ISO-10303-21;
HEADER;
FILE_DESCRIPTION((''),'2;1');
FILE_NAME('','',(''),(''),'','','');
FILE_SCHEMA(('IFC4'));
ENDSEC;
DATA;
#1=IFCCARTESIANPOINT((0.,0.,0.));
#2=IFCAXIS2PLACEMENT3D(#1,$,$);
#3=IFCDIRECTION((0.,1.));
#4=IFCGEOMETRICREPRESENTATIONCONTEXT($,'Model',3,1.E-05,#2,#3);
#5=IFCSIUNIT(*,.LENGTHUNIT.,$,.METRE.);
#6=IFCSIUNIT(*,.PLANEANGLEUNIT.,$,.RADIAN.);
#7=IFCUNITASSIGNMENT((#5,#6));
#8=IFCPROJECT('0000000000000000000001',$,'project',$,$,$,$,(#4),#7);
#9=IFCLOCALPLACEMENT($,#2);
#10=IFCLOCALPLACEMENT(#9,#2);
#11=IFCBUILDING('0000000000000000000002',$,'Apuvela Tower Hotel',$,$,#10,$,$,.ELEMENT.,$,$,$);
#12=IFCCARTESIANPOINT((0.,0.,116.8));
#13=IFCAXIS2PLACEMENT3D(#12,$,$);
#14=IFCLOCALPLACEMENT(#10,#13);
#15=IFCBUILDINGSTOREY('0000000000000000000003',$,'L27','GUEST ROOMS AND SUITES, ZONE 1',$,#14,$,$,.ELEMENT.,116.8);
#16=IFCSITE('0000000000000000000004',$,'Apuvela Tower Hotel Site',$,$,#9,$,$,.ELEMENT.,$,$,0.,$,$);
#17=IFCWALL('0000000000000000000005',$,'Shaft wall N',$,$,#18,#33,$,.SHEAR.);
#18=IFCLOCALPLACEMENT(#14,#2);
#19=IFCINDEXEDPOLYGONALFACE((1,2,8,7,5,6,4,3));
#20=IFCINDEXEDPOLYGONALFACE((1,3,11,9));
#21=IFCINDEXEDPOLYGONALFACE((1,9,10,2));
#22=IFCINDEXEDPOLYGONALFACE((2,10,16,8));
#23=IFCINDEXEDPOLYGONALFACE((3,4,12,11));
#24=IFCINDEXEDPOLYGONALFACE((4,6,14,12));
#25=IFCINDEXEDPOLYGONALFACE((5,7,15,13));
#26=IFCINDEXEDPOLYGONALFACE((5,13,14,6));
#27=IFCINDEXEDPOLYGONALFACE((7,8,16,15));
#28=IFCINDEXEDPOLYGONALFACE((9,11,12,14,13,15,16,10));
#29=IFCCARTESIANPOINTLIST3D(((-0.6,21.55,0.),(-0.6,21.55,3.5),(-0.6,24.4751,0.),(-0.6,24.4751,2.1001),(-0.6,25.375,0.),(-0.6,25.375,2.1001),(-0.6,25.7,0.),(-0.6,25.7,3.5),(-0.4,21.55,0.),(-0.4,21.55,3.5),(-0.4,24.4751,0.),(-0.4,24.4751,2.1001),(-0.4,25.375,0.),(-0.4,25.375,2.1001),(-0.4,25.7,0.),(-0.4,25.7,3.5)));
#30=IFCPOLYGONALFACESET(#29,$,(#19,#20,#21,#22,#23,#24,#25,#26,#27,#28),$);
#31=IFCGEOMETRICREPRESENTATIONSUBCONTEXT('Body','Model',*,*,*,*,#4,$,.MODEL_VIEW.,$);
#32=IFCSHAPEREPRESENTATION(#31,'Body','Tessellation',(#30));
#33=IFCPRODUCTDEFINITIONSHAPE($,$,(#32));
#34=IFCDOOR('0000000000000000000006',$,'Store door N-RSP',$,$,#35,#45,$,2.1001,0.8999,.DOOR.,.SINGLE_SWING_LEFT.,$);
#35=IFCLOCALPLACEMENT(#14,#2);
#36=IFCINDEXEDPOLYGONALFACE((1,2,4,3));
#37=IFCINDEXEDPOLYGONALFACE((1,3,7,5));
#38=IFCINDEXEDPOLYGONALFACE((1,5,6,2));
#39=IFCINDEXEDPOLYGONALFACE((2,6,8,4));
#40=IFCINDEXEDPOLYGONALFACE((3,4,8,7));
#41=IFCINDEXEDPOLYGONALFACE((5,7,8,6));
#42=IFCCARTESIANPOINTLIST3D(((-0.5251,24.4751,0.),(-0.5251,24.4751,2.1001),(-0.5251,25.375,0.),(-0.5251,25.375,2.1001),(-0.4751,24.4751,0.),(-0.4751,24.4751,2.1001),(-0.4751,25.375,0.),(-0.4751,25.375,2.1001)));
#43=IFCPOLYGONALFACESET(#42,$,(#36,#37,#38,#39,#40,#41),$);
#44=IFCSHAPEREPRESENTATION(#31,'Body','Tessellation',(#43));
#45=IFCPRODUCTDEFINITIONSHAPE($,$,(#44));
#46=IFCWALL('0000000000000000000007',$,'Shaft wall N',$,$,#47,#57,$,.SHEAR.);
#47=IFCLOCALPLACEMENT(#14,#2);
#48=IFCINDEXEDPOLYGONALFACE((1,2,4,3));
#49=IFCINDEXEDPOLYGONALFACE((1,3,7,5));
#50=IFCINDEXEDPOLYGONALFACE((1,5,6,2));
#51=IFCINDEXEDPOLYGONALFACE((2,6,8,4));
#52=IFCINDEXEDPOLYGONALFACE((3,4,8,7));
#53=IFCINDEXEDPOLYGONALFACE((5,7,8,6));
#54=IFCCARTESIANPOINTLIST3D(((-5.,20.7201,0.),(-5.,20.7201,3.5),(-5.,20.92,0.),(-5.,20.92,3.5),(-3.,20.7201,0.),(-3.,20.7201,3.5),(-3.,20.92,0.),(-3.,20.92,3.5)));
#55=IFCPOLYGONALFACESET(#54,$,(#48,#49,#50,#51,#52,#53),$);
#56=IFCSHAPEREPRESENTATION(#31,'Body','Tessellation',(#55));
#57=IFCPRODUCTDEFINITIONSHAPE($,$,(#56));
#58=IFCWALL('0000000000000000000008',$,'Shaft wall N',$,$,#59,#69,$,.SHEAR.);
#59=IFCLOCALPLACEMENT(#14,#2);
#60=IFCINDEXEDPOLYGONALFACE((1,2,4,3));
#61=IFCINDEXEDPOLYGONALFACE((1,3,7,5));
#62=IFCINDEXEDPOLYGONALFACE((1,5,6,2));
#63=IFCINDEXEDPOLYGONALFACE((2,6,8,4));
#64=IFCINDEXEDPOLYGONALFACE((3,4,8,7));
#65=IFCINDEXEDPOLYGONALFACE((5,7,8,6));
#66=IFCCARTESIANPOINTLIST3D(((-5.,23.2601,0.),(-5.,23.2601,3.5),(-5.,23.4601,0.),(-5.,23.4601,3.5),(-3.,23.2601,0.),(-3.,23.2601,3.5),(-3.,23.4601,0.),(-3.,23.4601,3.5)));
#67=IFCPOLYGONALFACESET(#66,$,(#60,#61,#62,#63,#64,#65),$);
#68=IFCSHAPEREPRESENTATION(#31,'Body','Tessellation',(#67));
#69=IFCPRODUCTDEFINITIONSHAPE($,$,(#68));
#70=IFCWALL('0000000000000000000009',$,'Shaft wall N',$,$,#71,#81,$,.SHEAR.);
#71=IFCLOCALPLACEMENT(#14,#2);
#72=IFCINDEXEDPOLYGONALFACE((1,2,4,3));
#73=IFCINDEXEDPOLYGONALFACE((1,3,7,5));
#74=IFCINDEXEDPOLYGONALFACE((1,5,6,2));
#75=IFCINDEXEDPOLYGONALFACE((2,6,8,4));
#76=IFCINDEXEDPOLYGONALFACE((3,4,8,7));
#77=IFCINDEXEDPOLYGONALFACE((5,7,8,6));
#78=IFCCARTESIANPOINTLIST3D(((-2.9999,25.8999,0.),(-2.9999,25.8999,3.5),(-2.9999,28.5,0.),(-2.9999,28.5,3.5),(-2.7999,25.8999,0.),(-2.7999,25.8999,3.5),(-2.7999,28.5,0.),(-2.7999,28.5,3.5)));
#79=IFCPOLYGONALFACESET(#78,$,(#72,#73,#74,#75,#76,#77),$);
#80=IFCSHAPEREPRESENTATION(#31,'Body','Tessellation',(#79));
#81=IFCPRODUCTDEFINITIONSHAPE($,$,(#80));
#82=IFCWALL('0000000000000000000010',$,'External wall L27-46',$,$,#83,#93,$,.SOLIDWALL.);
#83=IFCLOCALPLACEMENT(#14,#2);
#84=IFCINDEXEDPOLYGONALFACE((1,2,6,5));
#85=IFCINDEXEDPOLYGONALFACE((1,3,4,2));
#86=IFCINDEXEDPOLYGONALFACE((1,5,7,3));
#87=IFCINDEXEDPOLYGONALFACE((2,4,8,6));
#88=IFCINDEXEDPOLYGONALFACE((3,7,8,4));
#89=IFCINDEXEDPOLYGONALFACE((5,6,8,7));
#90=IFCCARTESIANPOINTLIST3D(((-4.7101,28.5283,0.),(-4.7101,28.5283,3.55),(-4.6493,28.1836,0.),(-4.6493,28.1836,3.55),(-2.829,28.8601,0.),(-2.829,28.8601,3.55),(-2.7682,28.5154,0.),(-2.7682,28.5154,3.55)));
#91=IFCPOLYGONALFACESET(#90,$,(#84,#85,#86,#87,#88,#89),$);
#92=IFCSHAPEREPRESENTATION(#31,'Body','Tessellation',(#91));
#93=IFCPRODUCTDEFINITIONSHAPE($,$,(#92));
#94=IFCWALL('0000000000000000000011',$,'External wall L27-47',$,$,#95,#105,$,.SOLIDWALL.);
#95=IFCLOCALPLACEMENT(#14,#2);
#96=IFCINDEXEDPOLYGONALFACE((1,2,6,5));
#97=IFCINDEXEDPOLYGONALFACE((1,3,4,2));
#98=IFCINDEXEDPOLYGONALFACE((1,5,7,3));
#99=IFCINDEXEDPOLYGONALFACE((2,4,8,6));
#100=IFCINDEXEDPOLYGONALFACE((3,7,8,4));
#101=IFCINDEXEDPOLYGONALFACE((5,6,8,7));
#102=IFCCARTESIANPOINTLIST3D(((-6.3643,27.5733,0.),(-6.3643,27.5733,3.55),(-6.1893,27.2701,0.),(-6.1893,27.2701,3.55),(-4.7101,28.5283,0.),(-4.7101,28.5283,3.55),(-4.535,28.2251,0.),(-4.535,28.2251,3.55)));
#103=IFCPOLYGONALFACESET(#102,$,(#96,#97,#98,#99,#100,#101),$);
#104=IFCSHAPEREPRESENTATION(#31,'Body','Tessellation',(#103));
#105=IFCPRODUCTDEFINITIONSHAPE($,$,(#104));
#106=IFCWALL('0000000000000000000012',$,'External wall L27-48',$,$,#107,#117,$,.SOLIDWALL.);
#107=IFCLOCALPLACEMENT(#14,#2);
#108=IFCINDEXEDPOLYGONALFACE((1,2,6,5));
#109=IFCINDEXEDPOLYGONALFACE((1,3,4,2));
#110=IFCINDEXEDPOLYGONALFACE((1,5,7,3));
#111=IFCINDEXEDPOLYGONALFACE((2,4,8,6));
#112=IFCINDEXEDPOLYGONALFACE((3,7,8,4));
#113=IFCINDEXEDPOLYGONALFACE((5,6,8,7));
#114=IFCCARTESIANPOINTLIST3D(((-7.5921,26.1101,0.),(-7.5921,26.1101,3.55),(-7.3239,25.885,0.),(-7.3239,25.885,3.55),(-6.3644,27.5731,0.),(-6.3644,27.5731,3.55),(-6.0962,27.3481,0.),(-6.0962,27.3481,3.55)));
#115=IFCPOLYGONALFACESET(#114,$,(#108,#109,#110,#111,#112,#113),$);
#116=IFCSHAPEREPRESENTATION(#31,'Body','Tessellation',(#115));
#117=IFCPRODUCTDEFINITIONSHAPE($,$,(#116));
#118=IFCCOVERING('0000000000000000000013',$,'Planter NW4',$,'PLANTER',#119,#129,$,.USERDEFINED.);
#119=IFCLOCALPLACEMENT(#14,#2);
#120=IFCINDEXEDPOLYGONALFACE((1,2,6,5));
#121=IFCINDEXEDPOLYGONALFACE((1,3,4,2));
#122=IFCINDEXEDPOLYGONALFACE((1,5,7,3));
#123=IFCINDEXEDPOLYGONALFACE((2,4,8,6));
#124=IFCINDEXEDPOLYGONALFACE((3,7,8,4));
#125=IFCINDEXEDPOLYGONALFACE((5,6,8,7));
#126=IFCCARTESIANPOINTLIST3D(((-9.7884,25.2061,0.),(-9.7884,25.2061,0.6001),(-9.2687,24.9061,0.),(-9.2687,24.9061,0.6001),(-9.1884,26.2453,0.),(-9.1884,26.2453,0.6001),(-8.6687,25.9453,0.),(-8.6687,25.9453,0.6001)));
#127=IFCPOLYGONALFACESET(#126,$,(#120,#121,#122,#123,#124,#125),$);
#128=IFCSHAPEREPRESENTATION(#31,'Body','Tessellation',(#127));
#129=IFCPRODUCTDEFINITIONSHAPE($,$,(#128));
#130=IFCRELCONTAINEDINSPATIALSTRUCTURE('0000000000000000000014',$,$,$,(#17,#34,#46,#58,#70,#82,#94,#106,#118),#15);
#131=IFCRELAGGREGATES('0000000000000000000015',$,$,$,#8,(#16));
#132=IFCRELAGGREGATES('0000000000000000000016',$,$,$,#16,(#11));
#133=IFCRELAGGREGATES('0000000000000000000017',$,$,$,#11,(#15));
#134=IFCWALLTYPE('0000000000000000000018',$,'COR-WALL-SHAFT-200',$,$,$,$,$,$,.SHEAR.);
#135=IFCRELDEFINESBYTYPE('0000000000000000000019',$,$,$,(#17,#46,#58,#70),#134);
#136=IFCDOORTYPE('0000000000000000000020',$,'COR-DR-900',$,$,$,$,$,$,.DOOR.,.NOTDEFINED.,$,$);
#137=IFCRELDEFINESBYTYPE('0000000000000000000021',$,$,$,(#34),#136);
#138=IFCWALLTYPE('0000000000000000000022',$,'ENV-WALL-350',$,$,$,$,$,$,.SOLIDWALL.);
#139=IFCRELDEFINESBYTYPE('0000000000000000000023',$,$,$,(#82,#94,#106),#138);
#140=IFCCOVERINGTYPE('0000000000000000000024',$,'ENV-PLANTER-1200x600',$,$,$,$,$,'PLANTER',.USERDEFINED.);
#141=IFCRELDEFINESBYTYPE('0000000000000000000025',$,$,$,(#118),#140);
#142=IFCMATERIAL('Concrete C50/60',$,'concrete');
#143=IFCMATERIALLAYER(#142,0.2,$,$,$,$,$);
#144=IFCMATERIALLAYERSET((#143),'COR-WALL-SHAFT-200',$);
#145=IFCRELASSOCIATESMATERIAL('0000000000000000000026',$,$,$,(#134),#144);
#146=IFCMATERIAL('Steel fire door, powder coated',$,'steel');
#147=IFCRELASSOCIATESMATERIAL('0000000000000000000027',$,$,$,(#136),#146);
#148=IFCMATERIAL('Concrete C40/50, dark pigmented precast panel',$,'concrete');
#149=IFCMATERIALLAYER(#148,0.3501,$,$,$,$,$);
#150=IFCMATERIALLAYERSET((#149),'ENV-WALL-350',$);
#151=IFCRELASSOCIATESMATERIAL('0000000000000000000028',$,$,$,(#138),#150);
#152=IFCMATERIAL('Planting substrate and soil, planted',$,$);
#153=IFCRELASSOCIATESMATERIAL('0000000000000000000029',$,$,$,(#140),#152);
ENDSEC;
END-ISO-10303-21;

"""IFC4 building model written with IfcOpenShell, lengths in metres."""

from ifc_helpers import new_model, si_unit, direction, frame, frame_2d, origin, origin_2d, place, context, subcontext, project, spatial, rectangle, extrude, material, layer, layer_set, type_object, element, fill, save


model = new_model("IFC4")

# Units and contexts
model_context = context("Model", 3, precision=1e-05, world=origin(), true_north=direction((0.0, 1.0)))
body_context = subcontext(model_context, "Body", "Model", "MODEL_VIEW")
ifc_project = project(units=[si_unit("LENGTHUNIT", "METRE"), si_unit("PLANEANGLEUNIT", "RADIAN")], contexts=[model_context])

# Site, building, storey
site_placement = place(None, origin())
site = spatial("IfcSite", under=ifc_project, at=site_placement, Name="Apuvela Tower Hotel Site", CompositionType="ELEMENT", RefElevation=0.0)
building_placement = place(site_placement, origin())
building = spatial("IfcBuilding", under=site, at=building_placement, Name="Apuvela Tower Hotel", CompositionType="ELEMENT")
storey_placement = place(building_placement, frame((0.0, 0.0, 116.8)))
storey = spatial("IfcBuildingStorey", under=building, at=storey_placement, Name="L27", Description="GUEST ROOMS AND SUITES, ZONE 1", CompositionType="ELEMENT", Elevation=116.8)

# Shared definitions
ifc_material_1 = material(Name="Concrete C50/60", Category="concrete")
ifc_layer_1 = layer(ifc_material_1, 0.2)
ifc_layer_set_1 = layer_set([ifc_layer_1], Name="COR-WALL-SHAFT-200")
wall_type_1 = type_object("IfcWallType", Name="COR-WALL-SHAFT-200", PredefinedType="SHEAR", material=ifc_layer_set_1)

# Wall, opening, door
wall_1_placement = place(storey_placement, frame((-0.5, 21.55, 0.0), z_axis=(0.0, 0.0, 1.0), x_axis=(0.0, 1.0, 0.0)))
wall_1 = element("IfcWall", 1, at=wall_1_placement, inside=storey, type_object=wall_type_1, Name="Shaft wall N", PredefinedType="SHEAR", context=body_context, shape_type="SweptSolid", body=[
    extrude(rectangle(XDim=4.1499, YDim=0.2, at=frame_2d((2.075, 0.0))), origin(), (0.0, 0.0, 1.0), 3.5),
])
opening_1_placement = place(wall_1_placement, frame((2.925, 0.0, 0.0)))
opening_1 = element("IfcOpeningElement", 2, at=opening_1_placement, cuts=wall_1, PredefinedType="OPENING", context=body_context, shape_type="SweptSolid", body=[
    extrude(rectangle(XDim=0.8999, YDim=2.1001, at=frame_2d((0.45, 1.05))), frame((0.0, 0.1099, 0.0), z_axis=(0.0, -1.0, 0.0), x_axis=(1.0, 0.0, 0.0)), (0.0, 0.0, 1.0), 0.22),
])
ifc_material_2 = material(Name="Steel fire door, powder coated", Category="steel")
door_type_1 = type_object("IfcDoorType", Name="COR-DR-900", OperationType="NOTDEFINED", PredefinedType="DOOR", material=ifc_material_2)
door_1_placement = place(opening_1_placement, frame((0.8999, 0.0, 0.0), z_axis=(0.0, 0.0, 1.0), x_axis=(-1.0, 0.0, 0.0)))
door_1 = element("IfcDoor", 3, at=door_1_placement, inside=storey, type_object=door_type_1, Name="Store door N-RSP", OperationType="SINGLE_SWING_LEFT", OverallHeight=2.1001, OverallWidth=0.8999, PredefinedType="DOOR", context=body_context, shape_type="SweptSolid", body=[
    extrude(rectangle(XDim=0.8999, YDim=2.1001, at=frame_2d((0.45, 1.05))), frame((0.0, 0.0249, 0.0), z_axis=(0.0, -1.0, 0.0), x_axis=(1.0, 0.0, 0.0)), (0.0, 0.0, 1.0), 0.05),
])
fill(opening_1, door_1)

# Walls
for number, where, z_axis, x_axis, name in (
    (4, (-3.0, 20.8201, 0.0), (0.0, 0.0, 1.0), (-1.0, 0.0, 0.0), "Shaft wall N"),
    (5, (-3.0, 23.3601, 0.0), (0.0, 0.0, 1.0), (-1.0, 0.0, 0.0), "Shaft wall N"),
):
    element("IfcWall", number, at=place(storey_placement, frame(where, z_axis=z_axis, x_axis=x_axis)), inside=storey, type_object=wall_type_1, Name=name, PredefinedType="SHEAR", context=body_context, shape_type="SweptSolid", body=[
        extrude(rectangle(XDim=2.0, YDim=0.2, at=frame_2d((1.0, 0.0))), origin(), (0.0, 0.0, 1.0), 3.5),
    ])
wall_2_placement = place(storey_placement, frame((-2.8999, 25.8999, 0.0), z_axis=(0.0, 0.0, 1.0), x_axis=(0.0, 1.0, 0.0)))
element("IfcWall", 6, at=wall_2_placement, inside=storey, type_object=wall_type_1, Name="Shaft wall N", PredefinedType="SHEAR", context=body_context, shape_type="SweptSolid", body=[
    extrude(rectangle(XDim=2.6001, YDim=0.2, at=frame_2d((1.3, 0.0))), origin(), (0.0, 0.0, 1.0), 3.5),
])

# Shared definitions
ifc_material_3 = material(Name="Concrete C40/50, dark pigmented precast panel", Category="concrete")
ifc_layer_2 = layer(ifc_material_3, 0.3501)
ifc_layer_set_2 = layer_set([ifc_layer_2], Name="ENV-WALL-350")
wall_type_2 = type_object("IfcWallType", Name="ENV-WALL-350", PredefinedType="SOLIDWALL", material=ifc_layer_set_2)

# Walls
for number, where, z_axis, x_axis, name in (
    (7, (-2.7986, 28.6877, 0.0), (0.0, 0.0, 1.0), (-0.984799, -0.173698, 0.0), "External wall L27-46"),
    (8, (-4.6226, 28.3767, 0.0), (0.0, 0.0, 1.0), (-0.866032, -0.499988, 0.0), "External wall L27-47"),
):
    element("IfcWall", number, at=place(storey_placement, frame(where, z_axis=z_axis, x_axis=x_axis)), inside=storey, type_object=wall_type_2, Name=name, PredefinedType="SOLIDWALL", context=body_context, shape_type="SweptSolid", body=[
        extrude(rectangle(XDim=1.9102, YDim=0.3501, at=frame_2d((0.9551, 0.0))), origin(), (0.0, 0.0, 1.0), 3.55),
    ])
wall_3_placement = place(storey_placement, frame((-6.2302, 27.4607, 0.0), z_axis=(0.0, 0.0, 1.0), x_axis=(-0.642808, -0.766027, 0.0)))
element("IfcWall", 9, at=wall_3_placement, inside=storey, type_object=wall_type_2, Name="External wall L27-48", PredefinedType="SOLIDWALL", context=body_context, shape_type="SweptSolid", body=[
    extrude(rectangle(XDim=1.9099, YDim=0.3501, at=frame_2d((0.9551, 0.0))), origin(), (0.0, 0.0, 1.0), 3.55),
])

# Covering
ifc_material_4 = material(Name="Planting substrate and soil, planted")
covering_type = type_object("IfcCoveringType", Name="ENV-PLANTER-1200x600", ElementType="PLANTER", PredefinedType="USERDEFINED", material=ifc_material_4)
covering_placement = place(storey_placement, frame((-9.2285, 25.5757, 0.0), z_axis=(0.0, 0.0, 1.0), x_axis=(-0.5, -0.866025, 0.0)))
element("IfcCovering", 10, at=covering_placement, inside=storey, type_object=covering_type, Name="Planter NW4", ObjectType="PLANTER", PredefinedType="USERDEFINED", context=body_context, shape_type="SweptSolid", body=[
    extrude(rectangle(XDim=1.2, YDim=0.6001, at=origin_2d()), origin(), (0.0, 0.0, 1.0), 0.6001),
])

save(model, "model.ifc")
